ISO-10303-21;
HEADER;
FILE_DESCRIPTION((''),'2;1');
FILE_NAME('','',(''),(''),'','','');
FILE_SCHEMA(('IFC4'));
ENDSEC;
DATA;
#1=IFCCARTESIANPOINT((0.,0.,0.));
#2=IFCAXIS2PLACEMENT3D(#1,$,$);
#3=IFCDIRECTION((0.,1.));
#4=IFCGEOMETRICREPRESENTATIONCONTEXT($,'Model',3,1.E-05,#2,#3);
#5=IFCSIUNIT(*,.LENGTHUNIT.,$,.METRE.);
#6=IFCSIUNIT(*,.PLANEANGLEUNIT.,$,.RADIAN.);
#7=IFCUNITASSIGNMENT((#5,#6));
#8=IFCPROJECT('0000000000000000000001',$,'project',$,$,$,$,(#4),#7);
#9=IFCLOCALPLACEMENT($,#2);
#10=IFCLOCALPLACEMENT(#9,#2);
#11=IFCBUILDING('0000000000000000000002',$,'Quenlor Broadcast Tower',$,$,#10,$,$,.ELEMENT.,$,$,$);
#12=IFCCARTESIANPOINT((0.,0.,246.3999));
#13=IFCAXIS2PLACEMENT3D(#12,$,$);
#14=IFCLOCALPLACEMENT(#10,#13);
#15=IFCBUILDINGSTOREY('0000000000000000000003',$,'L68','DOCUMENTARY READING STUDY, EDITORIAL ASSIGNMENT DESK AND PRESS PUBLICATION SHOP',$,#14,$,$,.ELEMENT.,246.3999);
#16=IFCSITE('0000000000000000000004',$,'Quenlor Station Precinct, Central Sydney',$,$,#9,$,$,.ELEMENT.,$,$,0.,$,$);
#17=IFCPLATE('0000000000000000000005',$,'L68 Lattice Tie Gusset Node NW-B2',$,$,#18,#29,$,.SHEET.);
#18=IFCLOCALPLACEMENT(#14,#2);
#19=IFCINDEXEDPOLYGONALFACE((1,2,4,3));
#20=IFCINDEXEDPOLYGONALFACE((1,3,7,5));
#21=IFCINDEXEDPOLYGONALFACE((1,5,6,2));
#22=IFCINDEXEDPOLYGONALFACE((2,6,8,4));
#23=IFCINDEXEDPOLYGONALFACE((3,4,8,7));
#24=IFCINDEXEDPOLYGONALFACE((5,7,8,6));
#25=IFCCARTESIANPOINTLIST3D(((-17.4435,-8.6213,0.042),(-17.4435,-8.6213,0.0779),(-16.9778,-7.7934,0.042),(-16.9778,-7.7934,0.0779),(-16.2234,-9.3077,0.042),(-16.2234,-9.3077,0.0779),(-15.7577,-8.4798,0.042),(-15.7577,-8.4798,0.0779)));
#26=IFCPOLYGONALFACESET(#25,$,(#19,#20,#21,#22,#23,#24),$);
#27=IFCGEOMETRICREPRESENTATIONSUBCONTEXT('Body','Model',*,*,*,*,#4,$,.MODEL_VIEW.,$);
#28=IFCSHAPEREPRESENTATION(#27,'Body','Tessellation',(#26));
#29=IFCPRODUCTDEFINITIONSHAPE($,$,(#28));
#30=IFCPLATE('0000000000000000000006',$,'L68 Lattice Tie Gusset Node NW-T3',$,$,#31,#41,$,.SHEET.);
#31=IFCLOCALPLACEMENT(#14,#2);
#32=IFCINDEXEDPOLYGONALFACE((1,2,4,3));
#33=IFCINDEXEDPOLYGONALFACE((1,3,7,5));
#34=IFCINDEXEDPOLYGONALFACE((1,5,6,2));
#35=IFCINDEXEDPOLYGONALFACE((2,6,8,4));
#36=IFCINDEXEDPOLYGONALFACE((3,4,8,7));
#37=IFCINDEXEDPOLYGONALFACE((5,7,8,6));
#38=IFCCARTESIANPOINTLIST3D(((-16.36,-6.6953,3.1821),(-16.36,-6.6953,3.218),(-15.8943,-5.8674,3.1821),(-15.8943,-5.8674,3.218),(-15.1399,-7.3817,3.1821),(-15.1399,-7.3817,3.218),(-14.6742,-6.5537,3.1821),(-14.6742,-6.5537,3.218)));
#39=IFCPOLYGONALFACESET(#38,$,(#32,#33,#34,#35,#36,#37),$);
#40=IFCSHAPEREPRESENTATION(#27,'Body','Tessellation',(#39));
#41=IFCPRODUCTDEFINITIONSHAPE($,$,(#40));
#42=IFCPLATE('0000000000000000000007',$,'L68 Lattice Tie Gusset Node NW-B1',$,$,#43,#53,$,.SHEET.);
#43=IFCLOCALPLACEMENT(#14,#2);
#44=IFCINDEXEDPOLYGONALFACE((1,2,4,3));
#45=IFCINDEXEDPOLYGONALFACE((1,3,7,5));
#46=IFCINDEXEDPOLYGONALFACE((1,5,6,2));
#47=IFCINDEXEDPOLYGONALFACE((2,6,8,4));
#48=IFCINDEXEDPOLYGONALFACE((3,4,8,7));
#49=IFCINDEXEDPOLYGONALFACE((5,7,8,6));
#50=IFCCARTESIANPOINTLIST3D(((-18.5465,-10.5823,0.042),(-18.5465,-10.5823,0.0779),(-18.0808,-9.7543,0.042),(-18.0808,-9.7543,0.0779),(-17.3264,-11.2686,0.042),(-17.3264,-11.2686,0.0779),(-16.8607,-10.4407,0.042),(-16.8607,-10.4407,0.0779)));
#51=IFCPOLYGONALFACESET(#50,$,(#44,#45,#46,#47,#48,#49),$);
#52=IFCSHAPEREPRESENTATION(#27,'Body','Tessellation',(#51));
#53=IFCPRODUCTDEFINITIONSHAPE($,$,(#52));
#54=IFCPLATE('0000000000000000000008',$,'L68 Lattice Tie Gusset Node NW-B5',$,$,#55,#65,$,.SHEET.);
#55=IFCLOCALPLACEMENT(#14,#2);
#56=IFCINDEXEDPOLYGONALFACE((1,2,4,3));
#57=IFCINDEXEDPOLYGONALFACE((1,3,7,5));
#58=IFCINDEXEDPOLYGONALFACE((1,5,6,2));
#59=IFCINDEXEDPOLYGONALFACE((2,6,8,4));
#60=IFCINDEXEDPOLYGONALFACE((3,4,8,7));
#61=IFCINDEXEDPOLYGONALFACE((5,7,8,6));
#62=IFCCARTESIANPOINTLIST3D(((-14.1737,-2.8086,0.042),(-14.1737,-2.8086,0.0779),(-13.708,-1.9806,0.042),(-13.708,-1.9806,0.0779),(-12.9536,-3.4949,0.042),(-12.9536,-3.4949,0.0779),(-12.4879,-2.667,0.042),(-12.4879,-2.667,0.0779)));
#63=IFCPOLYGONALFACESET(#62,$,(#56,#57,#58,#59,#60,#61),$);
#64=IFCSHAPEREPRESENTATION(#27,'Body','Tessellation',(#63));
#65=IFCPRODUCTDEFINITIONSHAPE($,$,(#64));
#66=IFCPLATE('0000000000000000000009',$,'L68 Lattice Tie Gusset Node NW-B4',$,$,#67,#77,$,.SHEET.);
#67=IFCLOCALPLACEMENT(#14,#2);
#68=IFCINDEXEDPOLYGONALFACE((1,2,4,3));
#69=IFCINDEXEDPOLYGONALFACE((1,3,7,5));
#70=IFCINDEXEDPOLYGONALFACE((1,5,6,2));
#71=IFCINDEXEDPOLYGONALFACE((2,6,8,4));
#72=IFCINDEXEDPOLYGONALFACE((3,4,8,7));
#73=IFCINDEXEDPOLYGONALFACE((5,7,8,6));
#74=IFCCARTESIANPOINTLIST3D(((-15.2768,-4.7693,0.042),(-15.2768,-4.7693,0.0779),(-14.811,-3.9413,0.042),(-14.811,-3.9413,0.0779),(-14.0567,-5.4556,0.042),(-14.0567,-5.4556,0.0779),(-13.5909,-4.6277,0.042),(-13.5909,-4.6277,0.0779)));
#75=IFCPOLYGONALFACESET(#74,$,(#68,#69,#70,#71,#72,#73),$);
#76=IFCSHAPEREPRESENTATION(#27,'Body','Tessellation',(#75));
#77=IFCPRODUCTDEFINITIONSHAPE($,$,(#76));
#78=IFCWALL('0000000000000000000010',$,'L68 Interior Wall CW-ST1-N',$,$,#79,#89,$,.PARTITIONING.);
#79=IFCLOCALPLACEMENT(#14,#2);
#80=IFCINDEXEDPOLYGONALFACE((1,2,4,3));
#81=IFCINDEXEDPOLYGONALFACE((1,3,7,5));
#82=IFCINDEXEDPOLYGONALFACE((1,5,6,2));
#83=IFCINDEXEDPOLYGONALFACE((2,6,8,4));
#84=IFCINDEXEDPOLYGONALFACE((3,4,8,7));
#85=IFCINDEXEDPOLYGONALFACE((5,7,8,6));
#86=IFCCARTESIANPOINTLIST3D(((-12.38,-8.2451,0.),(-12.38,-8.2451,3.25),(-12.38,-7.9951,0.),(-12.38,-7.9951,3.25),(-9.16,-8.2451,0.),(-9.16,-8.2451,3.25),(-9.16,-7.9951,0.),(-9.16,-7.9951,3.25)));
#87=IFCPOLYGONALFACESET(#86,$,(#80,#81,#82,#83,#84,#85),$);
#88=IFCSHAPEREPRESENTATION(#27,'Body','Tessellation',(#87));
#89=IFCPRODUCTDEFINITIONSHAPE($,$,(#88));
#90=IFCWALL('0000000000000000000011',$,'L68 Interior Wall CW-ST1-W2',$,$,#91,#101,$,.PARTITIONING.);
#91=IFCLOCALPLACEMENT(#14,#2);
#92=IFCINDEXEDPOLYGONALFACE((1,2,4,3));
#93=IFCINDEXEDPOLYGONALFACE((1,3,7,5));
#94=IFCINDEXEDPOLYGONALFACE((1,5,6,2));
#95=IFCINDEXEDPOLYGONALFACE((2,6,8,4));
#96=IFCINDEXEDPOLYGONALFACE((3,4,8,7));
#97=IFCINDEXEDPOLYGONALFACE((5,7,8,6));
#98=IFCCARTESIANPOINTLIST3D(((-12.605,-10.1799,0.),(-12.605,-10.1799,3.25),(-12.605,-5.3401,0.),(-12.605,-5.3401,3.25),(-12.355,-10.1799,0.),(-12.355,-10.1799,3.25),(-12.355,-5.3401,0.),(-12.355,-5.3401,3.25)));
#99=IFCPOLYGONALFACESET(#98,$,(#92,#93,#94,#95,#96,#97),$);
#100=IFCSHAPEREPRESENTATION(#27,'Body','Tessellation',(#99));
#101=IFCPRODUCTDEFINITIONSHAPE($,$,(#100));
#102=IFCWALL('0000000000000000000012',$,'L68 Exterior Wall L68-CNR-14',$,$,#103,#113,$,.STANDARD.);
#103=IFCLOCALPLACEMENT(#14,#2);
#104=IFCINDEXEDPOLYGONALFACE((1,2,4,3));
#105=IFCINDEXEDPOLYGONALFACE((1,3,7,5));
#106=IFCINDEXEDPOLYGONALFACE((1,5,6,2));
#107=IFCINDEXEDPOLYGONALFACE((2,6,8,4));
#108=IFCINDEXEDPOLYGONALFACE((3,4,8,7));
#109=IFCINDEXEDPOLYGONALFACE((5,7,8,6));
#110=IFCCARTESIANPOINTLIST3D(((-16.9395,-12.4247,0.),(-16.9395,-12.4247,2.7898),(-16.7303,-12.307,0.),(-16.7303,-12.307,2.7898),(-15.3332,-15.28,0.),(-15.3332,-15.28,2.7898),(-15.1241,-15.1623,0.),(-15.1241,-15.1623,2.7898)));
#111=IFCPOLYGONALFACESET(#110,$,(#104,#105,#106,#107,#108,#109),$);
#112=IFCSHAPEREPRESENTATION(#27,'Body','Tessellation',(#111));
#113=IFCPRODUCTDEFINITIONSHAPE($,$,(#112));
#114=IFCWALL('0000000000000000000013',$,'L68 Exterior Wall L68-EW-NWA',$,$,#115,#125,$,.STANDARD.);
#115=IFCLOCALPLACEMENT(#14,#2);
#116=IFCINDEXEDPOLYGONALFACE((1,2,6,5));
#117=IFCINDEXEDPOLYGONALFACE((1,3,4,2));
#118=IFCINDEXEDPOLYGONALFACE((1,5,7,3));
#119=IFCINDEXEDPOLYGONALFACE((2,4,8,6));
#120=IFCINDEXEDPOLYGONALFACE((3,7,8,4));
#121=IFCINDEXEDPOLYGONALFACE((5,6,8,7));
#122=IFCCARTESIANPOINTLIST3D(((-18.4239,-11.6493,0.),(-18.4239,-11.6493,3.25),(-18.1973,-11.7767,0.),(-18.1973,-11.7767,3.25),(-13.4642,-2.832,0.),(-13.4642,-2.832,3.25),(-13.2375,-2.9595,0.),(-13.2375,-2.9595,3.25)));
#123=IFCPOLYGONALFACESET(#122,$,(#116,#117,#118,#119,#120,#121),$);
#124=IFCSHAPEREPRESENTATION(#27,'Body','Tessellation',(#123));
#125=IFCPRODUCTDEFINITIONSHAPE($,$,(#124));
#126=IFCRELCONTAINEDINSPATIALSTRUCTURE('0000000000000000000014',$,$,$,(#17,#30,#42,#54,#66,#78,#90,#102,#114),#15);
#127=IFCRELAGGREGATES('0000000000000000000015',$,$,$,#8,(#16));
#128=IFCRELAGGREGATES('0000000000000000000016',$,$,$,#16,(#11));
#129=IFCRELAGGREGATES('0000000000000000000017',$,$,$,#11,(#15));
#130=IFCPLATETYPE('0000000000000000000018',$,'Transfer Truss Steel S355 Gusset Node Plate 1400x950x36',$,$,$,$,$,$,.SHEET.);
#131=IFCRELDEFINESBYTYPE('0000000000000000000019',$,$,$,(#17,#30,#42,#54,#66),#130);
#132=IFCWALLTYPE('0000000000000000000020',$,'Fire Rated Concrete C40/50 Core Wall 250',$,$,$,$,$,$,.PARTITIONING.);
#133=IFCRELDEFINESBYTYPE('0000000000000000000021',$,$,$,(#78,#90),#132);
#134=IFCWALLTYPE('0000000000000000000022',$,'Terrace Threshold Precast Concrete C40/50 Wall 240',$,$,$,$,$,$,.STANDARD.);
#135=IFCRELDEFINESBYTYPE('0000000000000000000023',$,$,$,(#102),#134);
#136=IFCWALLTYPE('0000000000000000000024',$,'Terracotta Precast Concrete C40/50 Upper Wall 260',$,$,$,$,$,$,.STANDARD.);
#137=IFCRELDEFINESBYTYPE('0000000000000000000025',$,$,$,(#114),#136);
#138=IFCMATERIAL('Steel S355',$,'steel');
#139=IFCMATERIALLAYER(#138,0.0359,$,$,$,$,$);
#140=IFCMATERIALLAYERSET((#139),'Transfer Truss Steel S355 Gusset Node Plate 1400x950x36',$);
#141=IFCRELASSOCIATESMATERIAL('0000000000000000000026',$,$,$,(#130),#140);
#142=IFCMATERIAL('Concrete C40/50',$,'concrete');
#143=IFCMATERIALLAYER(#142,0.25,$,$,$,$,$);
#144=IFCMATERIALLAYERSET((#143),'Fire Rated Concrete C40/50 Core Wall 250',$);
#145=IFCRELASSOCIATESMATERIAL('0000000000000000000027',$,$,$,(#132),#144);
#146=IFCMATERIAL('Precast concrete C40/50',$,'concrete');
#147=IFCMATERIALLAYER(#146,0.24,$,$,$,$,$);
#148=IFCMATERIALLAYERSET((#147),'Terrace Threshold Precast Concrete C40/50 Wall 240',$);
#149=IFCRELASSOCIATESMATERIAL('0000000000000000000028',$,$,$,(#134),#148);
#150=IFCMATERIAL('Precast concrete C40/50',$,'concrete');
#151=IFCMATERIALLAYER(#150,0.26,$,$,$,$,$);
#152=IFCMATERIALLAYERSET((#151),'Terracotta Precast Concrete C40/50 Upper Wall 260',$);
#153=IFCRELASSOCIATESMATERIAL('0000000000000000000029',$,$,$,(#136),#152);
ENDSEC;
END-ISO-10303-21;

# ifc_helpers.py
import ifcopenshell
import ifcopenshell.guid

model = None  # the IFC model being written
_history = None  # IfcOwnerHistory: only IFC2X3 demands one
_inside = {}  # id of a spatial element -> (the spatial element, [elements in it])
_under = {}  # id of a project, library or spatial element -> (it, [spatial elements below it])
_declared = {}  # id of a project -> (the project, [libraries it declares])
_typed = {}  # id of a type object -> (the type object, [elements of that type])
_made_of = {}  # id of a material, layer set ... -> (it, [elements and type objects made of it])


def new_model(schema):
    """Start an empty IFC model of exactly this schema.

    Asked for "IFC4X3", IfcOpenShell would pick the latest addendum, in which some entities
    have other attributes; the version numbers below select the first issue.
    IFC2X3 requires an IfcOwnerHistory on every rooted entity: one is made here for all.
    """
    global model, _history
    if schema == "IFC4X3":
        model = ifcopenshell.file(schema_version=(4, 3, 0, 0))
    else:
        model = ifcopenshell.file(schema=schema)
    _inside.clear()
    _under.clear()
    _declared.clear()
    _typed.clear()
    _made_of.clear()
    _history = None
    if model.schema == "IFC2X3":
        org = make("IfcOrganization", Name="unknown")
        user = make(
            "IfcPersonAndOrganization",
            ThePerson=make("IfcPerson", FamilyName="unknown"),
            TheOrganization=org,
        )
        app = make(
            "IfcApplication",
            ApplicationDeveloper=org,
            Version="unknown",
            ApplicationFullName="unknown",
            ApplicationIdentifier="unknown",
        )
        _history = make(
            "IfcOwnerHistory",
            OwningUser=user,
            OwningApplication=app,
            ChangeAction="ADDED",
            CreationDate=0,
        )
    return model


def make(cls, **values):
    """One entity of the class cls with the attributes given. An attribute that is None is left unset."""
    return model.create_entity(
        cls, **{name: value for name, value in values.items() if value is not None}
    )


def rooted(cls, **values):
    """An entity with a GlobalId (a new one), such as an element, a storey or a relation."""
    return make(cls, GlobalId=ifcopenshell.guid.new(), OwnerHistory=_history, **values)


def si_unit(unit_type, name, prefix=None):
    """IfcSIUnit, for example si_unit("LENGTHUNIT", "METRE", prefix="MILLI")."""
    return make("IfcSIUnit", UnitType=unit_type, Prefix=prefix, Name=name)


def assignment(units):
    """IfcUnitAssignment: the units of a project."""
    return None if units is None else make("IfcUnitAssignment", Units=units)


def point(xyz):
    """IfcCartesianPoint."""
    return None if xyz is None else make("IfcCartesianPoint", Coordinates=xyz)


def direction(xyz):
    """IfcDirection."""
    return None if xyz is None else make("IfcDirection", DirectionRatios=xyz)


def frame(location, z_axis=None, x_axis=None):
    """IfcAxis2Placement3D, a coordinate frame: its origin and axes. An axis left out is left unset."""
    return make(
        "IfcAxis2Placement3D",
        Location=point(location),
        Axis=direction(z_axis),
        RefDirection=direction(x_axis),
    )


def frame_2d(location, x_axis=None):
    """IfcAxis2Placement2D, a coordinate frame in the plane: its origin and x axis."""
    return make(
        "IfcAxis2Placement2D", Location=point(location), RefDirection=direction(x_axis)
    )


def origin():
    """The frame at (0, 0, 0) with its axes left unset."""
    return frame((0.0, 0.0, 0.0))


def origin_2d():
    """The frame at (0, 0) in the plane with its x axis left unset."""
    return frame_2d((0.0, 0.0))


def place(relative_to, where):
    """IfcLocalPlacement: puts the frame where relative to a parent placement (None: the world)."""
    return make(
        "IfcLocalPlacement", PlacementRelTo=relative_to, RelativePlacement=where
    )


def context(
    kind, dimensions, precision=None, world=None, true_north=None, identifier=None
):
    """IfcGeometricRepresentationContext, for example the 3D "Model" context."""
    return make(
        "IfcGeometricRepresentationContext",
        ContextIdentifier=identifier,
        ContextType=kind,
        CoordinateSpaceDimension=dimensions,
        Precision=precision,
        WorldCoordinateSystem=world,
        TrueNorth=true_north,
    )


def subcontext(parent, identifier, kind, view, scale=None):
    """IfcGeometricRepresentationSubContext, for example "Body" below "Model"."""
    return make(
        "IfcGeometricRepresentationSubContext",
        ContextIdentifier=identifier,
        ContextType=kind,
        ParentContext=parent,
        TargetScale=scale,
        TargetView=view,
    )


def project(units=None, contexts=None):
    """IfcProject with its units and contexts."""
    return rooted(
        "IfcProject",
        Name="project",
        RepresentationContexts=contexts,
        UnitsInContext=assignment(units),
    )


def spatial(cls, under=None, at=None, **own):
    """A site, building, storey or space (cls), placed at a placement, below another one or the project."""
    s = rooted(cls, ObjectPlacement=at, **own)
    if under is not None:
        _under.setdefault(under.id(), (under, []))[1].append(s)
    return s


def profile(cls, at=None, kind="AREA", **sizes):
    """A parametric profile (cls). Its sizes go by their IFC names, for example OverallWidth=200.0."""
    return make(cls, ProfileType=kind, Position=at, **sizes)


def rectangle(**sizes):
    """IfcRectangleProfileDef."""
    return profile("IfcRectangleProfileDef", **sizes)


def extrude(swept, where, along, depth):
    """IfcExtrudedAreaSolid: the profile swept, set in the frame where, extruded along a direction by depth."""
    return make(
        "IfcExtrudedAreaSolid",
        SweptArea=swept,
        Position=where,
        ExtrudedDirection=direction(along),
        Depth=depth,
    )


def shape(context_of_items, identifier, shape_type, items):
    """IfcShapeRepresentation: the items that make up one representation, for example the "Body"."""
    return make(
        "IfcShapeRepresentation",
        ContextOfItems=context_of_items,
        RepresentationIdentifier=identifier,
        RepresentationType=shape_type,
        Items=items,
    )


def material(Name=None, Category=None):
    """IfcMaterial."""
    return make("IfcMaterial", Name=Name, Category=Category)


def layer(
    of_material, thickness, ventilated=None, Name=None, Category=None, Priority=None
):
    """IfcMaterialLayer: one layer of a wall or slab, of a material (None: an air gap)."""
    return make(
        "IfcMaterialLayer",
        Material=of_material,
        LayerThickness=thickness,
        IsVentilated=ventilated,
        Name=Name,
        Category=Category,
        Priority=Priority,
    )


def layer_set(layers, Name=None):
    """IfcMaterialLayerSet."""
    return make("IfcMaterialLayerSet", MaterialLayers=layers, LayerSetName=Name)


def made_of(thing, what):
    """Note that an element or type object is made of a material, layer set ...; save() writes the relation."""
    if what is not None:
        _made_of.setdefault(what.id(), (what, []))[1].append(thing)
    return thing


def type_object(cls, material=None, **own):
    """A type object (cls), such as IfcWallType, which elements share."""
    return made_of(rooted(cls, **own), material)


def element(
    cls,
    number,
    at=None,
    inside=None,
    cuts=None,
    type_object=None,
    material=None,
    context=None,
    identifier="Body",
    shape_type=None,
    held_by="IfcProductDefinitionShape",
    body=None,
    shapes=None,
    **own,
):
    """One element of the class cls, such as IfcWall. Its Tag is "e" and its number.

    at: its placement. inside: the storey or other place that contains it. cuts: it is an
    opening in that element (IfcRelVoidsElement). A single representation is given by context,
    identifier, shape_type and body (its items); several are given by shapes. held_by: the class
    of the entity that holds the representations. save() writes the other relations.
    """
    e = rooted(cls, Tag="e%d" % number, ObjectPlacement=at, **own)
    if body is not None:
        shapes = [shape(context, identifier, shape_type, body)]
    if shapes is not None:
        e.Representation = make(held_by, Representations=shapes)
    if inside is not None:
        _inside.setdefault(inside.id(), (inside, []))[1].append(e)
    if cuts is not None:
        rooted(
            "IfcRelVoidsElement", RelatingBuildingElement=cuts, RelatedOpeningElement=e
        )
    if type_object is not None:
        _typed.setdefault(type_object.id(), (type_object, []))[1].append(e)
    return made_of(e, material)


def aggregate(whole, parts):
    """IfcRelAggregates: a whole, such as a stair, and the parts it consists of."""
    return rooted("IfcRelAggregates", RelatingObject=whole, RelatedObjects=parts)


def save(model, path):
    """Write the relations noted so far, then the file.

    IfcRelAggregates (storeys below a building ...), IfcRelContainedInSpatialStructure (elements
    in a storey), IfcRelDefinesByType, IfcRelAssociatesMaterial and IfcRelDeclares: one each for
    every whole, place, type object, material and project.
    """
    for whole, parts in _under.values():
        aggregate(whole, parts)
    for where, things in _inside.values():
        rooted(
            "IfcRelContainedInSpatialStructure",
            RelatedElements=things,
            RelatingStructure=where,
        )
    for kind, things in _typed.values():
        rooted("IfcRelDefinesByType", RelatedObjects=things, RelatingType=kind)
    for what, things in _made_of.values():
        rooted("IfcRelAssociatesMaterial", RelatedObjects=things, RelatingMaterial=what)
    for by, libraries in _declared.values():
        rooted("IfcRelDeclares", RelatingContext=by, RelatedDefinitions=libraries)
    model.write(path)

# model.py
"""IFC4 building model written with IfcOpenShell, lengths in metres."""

from ifc_helpers import new_model, si_unit, direction, frame, frame_2d, origin, origin_2d, place, context, subcontext, project, spatial, rectangle, extrude, material, layer, layer_set, type_object, element, save


model = new_model("IFC4")

# Units and contexts
model_context = context("Model", 3, precision=1e-05, world=origin(), true_north=direction((0.0, 1.0)))
body_context = subcontext(model_context, "Body", "Model", "MODEL_VIEW")
ifc_project = project(units=[si_unit("LENGTHUNIT", "METRE"), si_unit("PLANEANGLEUNIT", "RADIAN")], contexts=[model_context])

# Site, building, storey
site_placement = place(None, origin())
site = spatial("IfcSite", under=ifc_project, at=site_placement, Name="Quenlor Station Precinct, Central Sydney", CompositionType="ELEMENT", RefElevation=0.0)
building_placement = place(site_placement, origin())
building = spatial("IfcBuilding", under=site, at=building_placement, Name="Quenlor Broadcast Tower", CompositionType="ELEMENT")
storey_placement = place(building_placement, frame((0.0, 0.0, 246.3999)))
storey = spatial("IfcBuildingStorey", under=building, at=storey_placement, Name="L68", Description="DOCUMENTARY READING STUDY, EDITORIAL ASSIGNMENT DESK AND PRESS PUBLICATION SHOP", CompositionType="ELEMENT", Elevation=246.3999)

# Plates
ifc_material_1 = material(Name="Steel S355", Category="steel")
ifc_layer_1 = layer(ifc_material_1, 0.0359)
ifc_layer_set_1 = layer_set([ifc_layer_1], Name="Transfer Truss Steel S355 Gusset Node Plate 1400x950x36")
plate_type = type_object("IfcPlateType", Name="Transfer Truss Steel S355 Gusset Node Plate 1400x950x36", PredefinedType="SHEET", material=ifc_layer_set_1)
for number, where, z_axis, x_axis, name in (
    (1, (-16.6006, -8.5505, 0.042), (0.0, 0.0, 1.0), (-0.871556, 0.490295, 0.0), "L68 Lattice Tie Gusset Node NW-B2"),
    (2, (-15.5171, -6.6245, 3.1821), (0.0, 0.0, 1.0), (-0.871556, 0.490295, 0.0), "L68 Lattice Tie Gusset Node NW-T3"),
    (3, (-17.7036, -10.5115, 0.042), (0.0, 0.0, 1.0), (-0.871556, 0.490295, 0.0), "L68 Lattice Tie Gusset Node NW-B1"),
    (4, (-13.3308, -2.7378, 0.042), (0.0, 0.0, 1.0), (-0.871556, 0.490295, 0.0), "L68 Lattice Tie Gusset Node NW-B5"),
    (5, (-14.4338, -4.6985, 0.042), (0.0, 0.0, 1.0), (-0.871556, 0.490295, 0.0), "L68 Lattice Tie Gusset Node NW-B4"),
):
    element("IfcPlate", number, at=place(storey_placement, frame(where, z_axis=z_axis, x_axis=x_axis)), inside=storey, type_object=plate_type, Name=name, PredefinedType="SHEET", context=body_context, shape_type="SweptSolid", body=[
        extrude(rectangle(XDim=1.3999, YDim=0.95, at=origin_2d()), origin(), (0.0, 0.0, 1.0), 0.0359),
    ])

# Walls
ifc_material_2 = material(Name="Concrete C40/50", Category="concrete")
ifc_layer_2 = layer(ifc_material_2, 0.25)
ifc_layer_set_2 = layer_set([ifc_layer_2], Name="Fire Rated Concrete C40/50 Core Wall 250")
wall_type_1 = type_object("IfcWallType", Name="Fire Rated Concrete C40/50 Core Wall 250", PredefinedType="PARTITIONING", material=ifc_layer_set_2)
wall_1_placement = place(storey_placement, frame((-12.3799, -8.1201, 0.0), z_axis=(0.0, 0.0, 1.0), x_axis=(1.0, 0.0, 0.0)))
element("IfcWall", 6, at=wall_1_placement, inside=storey, type_object=wall_type_1, Name="L68 Interior Wall CW-ST1-N", PredefinedType="PARTITIONING", context=body_context, shape_type="SweptSolid", body=[
    extrude(rectangle(XDim=3.22, YDim=0.25, at=frame_2d((1.6099, 0.0))), origin(), (0.0, 0.0, 1.0), 3.25),
])
wall_2_placement = place(storey_placement, frame((-12.48, -10.1799, 0.0), z_axis=(0.0, 0.0, 1.0), x_axis=(0.0, 1.0, 0.0)))
element("IfcWall", 7, at=wall_2_placement, inside=storey, type_object=wall_type_1, Name="L68 Interior Wall CW-ST1-W2", PredefinedType="PARTITIONING", context=body_context, shape_type="SweptSolid", body=[
    extrude(rectangle(XDim=4.8398, YDim=0.25, at=frame_2d((2.4199, 0.0))), origin(), (0.0, 0.0, 1.0), 3.25),
])

# Walls
ifc_material_3 = material(Name="Precast concrete C40/50", Category="concrete")
ifc_layer_3 = layer(ifc_material_3, 0.24)
ifc_layer_set_3 = layer_set([ifc_layer_3], Name="Terrace Threshold Precast Concrete C40/50 Wall 240")
wall_type_2 = type_object("IfcWallType", Name="Terrace Threshold Precast Concrete C40/50 Wall 240", PredefinedType="STANDARD", material=ifc_layer_set_3)
wall_3_placement = place(storey_placement, frame((-16.835, -12.3657, 0.0), z_axis=(0.0, 0.0, 1.0), x_axis=(0.490293, -0.871558, 0.0)))
element("IfcWall", 8, at=wall_3_placement, inside=storey, type_object=wall_type_2, Name="L68 Exterior Wall L68-CNR-14", PredefinedType="STANDARD", context=body_context, shape_type="SweptSolid", body=[
    extrude(rectangle(XDim=3.2761, YDim=0.24, at=frame_2d((1.6382, 0.0))), origin(), (0.0, 0.0, 1.0), 2.7898),
])
ifc_material_4 = material(Name="Precast concrete C40/50", Category="concrete")
ifc_layer_4 = layer(ifc_material_4, 0.26)
ifc_layer_set_4 = layer_set([ifc_layer_4], Name="Terracotta Precast Concrete C40/50 Upper Wall 260")
wall_type_3 = type_object("IfcWallType", Name="Terracotta Precast Concrete C40/50 Upper Wall 260", PredefinedType="STANDARD", material=ifc_layer_set_4)
wall_4_placement = place(storey_placement, frame((-18.3105, -11.7129, 0.0), z_axis=(0.0, 0.0, 1.0), x_axis=(0.490267, 0.871572, 0.0)))
element("IfcWall", 9, at=wall_4_placement, inside=storey, type_object=wall_type_3, Name="L68 Exterior Wall L68-EW-NWA", PredefinedType="STANDARD", context=body_context, shape_type="SweptSolid", body=[
    extrude(rectangle(XDim=10.1165, YDim=0.26, at=frame_2d((5.0581, 0.0))), origin(), (0.0, 0.0, 1.0), 3.25),
])

save(model, "model.ifc")
